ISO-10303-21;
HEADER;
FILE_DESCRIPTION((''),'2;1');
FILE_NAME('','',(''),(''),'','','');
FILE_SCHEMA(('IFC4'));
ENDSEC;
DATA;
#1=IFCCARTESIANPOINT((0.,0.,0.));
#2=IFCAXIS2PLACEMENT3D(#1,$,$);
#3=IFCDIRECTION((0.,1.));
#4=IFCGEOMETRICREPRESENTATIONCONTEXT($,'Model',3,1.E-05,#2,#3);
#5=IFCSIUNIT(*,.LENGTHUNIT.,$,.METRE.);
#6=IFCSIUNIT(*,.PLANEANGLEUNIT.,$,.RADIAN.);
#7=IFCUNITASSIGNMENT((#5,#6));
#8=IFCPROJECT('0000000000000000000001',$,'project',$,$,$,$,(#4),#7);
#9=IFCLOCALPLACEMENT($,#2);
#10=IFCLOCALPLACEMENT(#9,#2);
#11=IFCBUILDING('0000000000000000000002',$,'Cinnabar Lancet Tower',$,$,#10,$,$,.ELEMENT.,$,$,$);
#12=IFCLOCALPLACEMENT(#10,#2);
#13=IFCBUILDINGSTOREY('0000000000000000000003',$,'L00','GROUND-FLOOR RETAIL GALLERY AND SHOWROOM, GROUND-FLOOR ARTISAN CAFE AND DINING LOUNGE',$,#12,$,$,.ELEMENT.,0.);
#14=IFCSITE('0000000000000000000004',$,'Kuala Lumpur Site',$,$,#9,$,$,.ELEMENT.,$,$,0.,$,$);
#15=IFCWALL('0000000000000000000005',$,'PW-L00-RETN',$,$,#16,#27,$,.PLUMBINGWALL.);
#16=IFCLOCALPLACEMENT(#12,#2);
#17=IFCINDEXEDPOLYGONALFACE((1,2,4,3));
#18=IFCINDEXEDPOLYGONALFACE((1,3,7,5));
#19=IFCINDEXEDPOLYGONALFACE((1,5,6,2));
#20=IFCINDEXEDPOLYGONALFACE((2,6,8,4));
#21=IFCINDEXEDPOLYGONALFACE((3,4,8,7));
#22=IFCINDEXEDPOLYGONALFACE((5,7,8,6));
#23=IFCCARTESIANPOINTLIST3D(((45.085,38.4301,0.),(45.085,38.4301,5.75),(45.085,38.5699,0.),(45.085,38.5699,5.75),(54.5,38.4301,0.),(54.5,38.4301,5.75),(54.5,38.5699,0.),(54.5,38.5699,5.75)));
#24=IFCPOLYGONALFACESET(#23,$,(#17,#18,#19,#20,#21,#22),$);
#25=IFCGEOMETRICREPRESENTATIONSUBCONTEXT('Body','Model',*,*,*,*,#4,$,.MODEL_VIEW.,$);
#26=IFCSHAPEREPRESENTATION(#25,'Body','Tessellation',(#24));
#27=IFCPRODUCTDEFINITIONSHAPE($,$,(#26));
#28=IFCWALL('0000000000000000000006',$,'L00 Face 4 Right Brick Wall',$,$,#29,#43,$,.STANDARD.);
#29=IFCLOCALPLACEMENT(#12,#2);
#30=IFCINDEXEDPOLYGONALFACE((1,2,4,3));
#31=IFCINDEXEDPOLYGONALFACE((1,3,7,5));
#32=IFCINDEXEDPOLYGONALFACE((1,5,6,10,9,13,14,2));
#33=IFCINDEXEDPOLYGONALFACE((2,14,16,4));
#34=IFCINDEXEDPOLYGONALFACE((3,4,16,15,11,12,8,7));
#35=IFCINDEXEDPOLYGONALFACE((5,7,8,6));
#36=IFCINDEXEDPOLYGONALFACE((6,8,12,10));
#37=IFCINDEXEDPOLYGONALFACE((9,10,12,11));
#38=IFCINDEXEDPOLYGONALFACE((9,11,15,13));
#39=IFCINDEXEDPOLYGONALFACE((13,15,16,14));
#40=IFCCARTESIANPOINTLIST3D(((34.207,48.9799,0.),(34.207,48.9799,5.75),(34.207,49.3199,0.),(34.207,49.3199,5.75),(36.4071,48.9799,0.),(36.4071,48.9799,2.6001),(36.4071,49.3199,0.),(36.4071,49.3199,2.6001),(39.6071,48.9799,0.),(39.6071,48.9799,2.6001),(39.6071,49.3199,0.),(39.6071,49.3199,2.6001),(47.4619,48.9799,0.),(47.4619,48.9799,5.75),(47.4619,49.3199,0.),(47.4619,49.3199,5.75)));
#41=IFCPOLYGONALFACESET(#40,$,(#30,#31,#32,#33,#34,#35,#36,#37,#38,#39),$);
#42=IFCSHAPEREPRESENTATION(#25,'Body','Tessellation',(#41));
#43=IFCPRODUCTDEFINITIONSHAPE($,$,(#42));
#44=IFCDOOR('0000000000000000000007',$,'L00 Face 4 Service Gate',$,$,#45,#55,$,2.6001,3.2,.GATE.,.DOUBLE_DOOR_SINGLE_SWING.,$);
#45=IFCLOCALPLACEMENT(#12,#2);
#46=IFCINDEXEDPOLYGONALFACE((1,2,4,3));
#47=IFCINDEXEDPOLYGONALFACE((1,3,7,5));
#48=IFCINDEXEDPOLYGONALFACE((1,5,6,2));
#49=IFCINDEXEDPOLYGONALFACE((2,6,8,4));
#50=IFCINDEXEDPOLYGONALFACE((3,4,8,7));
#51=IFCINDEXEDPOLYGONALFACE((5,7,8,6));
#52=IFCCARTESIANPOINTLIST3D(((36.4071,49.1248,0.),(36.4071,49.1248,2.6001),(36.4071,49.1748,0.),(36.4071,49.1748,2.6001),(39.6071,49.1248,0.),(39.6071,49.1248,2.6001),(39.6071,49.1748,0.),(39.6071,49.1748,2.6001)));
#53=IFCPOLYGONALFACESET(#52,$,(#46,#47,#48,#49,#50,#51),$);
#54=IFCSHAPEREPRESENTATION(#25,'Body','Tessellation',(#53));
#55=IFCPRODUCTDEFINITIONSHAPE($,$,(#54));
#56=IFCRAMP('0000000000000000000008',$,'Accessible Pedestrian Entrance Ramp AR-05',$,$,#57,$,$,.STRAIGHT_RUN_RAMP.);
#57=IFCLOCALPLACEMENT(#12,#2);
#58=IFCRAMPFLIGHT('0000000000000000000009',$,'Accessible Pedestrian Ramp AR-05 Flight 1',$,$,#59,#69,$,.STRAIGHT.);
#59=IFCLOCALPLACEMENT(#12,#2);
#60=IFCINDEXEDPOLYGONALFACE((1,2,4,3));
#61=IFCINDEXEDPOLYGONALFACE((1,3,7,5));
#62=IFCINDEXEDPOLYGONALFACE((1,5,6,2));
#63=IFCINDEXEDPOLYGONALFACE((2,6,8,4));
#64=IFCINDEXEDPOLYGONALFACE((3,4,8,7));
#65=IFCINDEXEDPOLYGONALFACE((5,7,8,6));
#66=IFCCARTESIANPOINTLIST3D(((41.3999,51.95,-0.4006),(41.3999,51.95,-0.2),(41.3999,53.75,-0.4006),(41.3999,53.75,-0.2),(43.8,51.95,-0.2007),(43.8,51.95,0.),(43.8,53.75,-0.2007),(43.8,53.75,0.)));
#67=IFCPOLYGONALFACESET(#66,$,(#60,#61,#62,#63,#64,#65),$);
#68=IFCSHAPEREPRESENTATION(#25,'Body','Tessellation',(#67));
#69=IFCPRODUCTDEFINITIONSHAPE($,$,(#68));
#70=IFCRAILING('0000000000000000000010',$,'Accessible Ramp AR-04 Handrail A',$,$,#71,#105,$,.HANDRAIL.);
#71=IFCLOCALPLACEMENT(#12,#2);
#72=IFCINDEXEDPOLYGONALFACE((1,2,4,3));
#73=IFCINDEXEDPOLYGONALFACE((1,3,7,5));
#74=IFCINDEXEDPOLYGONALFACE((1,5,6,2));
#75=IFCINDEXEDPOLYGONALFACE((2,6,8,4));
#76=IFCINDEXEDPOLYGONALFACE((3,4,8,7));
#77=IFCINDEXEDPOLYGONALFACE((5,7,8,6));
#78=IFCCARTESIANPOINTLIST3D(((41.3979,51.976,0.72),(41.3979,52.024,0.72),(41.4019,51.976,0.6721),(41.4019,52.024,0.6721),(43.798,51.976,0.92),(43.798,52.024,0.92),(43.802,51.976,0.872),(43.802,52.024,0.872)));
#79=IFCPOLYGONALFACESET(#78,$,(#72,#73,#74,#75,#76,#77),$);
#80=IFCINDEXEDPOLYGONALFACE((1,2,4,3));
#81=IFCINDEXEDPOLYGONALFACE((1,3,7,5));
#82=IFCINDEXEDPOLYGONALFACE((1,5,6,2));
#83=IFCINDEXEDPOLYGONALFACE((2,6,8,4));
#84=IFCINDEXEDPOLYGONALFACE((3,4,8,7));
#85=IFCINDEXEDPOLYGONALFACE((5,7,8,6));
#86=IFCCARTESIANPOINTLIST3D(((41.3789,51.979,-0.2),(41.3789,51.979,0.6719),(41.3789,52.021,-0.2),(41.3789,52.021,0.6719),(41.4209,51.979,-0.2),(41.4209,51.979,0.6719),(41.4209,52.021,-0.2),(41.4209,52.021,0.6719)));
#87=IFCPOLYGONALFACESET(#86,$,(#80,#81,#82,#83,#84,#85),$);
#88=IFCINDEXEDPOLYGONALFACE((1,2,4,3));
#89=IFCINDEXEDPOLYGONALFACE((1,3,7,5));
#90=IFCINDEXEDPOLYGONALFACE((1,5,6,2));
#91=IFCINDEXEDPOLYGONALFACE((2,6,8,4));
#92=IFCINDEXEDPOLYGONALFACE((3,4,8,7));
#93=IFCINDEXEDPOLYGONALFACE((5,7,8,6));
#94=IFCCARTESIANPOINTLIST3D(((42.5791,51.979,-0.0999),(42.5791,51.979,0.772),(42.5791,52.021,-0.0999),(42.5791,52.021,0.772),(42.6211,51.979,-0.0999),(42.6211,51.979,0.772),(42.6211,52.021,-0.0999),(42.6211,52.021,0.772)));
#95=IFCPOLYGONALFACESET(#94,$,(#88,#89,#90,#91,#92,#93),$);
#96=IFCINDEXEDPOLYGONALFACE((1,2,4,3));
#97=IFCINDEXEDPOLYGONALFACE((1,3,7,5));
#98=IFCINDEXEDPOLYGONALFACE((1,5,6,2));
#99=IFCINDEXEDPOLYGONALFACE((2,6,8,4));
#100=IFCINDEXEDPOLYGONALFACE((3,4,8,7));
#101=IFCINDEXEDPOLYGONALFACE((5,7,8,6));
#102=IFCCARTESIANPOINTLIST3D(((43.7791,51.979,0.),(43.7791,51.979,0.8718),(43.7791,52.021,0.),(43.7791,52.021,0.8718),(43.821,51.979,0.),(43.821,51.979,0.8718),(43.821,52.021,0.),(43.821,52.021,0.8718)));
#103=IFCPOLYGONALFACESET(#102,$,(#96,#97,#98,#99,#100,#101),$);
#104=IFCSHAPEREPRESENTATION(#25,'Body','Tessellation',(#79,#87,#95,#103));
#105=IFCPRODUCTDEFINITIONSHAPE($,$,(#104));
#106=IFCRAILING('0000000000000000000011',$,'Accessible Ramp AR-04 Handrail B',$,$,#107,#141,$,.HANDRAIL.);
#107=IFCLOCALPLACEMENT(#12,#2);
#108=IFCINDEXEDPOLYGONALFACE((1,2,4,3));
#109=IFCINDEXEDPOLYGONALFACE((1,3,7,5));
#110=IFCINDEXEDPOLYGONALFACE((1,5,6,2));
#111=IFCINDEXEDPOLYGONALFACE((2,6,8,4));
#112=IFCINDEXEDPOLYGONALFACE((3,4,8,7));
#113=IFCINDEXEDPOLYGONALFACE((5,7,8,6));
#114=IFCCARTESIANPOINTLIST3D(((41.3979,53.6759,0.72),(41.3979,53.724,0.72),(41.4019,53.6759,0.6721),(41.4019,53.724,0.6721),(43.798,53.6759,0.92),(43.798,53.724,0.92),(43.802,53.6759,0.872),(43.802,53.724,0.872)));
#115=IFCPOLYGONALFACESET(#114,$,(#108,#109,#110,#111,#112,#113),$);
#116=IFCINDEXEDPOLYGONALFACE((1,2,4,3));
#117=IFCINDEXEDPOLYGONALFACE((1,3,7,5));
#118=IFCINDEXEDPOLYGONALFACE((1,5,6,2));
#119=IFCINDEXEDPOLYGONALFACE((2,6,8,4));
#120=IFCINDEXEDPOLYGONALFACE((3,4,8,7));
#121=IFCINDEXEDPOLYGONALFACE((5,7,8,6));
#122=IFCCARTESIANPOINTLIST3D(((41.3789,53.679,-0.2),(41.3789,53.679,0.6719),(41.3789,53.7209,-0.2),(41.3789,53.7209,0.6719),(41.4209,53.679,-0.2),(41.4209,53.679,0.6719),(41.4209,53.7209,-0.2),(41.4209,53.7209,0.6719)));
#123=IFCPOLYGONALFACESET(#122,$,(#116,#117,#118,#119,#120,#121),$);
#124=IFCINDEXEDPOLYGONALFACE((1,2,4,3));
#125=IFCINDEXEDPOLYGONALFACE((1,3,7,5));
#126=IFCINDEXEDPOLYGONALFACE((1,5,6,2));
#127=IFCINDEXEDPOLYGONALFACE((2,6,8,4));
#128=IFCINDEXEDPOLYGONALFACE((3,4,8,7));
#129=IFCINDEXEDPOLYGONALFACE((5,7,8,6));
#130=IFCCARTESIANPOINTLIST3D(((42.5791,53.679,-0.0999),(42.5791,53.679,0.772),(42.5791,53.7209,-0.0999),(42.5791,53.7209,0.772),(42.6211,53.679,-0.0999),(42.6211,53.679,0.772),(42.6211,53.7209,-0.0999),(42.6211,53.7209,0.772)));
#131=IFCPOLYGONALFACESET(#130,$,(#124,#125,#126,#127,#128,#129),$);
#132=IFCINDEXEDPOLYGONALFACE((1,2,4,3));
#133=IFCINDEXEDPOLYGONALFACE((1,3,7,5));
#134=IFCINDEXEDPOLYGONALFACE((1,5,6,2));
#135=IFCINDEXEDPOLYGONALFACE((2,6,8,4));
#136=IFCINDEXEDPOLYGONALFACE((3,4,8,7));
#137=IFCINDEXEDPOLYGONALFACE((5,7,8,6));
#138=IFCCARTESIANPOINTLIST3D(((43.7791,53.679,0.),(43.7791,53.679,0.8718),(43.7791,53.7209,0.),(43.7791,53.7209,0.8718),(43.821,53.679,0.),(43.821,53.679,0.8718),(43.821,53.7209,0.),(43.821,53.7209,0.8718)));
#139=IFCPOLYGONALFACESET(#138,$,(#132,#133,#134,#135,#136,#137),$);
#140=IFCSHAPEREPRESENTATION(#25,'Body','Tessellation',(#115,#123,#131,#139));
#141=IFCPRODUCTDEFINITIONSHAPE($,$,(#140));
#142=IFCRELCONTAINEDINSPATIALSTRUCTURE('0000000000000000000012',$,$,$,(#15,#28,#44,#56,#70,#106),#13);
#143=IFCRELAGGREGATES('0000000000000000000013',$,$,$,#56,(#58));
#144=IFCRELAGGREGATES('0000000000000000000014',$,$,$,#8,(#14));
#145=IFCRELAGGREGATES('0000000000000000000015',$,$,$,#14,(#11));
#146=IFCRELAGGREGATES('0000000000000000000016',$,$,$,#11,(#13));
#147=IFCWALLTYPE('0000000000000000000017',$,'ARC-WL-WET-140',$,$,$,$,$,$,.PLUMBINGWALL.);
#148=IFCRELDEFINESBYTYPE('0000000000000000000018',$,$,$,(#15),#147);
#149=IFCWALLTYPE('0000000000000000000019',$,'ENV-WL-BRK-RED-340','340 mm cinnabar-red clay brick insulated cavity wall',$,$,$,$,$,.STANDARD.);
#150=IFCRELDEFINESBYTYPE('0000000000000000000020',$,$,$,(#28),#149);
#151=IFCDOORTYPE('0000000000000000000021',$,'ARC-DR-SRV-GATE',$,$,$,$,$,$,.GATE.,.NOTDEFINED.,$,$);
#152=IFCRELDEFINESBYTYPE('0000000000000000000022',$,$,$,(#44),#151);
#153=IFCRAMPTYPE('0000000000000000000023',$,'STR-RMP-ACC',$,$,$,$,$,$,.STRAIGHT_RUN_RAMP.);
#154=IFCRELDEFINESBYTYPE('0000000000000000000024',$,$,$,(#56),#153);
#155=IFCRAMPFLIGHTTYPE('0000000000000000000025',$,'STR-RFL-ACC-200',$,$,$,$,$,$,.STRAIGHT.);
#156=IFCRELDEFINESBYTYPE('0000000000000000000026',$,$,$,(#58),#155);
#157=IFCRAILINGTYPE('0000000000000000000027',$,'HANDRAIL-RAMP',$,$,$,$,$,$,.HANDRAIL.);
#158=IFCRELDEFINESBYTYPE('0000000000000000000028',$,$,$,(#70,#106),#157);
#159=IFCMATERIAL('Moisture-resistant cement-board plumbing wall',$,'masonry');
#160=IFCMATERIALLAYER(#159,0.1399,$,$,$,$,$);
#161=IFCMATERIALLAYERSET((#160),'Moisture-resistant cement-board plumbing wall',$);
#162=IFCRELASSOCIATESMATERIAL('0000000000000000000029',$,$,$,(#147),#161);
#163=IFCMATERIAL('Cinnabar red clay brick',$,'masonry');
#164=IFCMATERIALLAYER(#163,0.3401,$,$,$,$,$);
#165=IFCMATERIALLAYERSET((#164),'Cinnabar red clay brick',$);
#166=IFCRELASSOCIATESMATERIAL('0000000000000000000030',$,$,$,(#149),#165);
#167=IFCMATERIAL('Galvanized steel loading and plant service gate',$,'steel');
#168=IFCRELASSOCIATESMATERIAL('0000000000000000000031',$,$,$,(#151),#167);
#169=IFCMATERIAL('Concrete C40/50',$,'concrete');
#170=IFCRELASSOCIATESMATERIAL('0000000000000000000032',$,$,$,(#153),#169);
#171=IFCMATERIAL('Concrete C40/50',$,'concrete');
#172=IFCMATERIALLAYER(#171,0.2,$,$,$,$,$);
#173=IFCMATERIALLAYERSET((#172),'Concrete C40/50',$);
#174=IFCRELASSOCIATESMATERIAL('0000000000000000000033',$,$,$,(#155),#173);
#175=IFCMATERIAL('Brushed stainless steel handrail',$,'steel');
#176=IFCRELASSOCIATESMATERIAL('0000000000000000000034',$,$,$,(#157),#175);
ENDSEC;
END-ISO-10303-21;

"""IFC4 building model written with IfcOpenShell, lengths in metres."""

from ifc_helpers import new_model, si_unit, direction, frame, frame_2d, origin, origin_2d, place, context, subcontext, project, spatial, polyline, rectangle, outline, extrude, material, layer, layer_set, type_object, element, fill, aggregate, save


model = new_model("IFC4")

# Units and contexts
model_context = context("Model", 3, precision=1e-05, world=origin(), true_north=direction((0.0, 1.0)))
body_context = subcontext(model_context, "Body", "Model", "MODEL_VIEW")
ifc_project = project(units=[si_unit("LENGTHUNIT", "METRE"), si_unit("PLANEANGLEUNIT", "RADIAN")], contexts=[model_context])

# Site, building, storey
site_placement = place(None, origin())
site = spatial("IfcSite", under=ifc_project, at=site_placement, Name="Kuala Lumpur Site", CompositionType="ELEMENT", RefElevation=0.0)
building_placement = place(site_placement, origin())
building = spatial("IfcBuilding", under=site, at=building_placement, Name="Cinnabar Lancet Tower", CompositionType="ELEMENT")
storey_placement = place(building_placement, origin())
storey = spatial("IfcBuildingStorey", under=building, at=storey_placement, Name="L00", Description="GROUND-FLOOR RETAIL GALLERY AND SHOWROOM, GROUND-FLOOR ARTISAN CAFE AND DINING LOUNGE", CompositionType="ELEMENT", Elevation=0.0)

# Shared definitions
ifc_material_1 = material(Name="Moisture-resistant cement-board plumbing wall", Category="masonry")
ifc_layer_1 = layer(ifc_material_1, 0.1399)
ifc_layer_set_1 = layer_set([ifc_layer_1], Name="Moisture-resistant cement-board plumbing wall")
wall_type_1 = type_object("IfcWallType", Name="ARC-WL-WET-140", PredefinedType="PLUMBINGWALL", material=ifc_layer_set_1)

# Wall
wall_1_placement = place(storey_placement, frame((45.085, 38.5, 0.0), z_axis=(0.0, 0.0, 1.0), x_axis=(1.0, 0.0, 0.0)))
element("IfcWall", 1, at=wall_1_placement, inside=storey, type_object=wall_type_1, Name="PW-L00-RETN", PredefinedType="PLUMBINGWALL", context=body_context, shape_type="SweptSolid", body=[
    extrude(rectangle(XDim=9.415, YDim=0.1399, at=frame_2d((4.7075, 0.0))), origin(), (0.0, 0.0, 1.0), 5.75),
])

# Wall, opening, door
ifc_material_2 = material(Name="Cinnabar red clay brick", Category="masonry")
ifc_layer_2 = layer(ifc_material_2, 0.3401)
ifc_layer_set_2 = layer_set([ifc_layer_2], Name="Cinnabar red clay brick")
wall_type_2 = type_object("IfcWallType", Name="ENV-WL-BRK-RED-340", Description="340 mm cinnabar-red clay brick insulated cavity wall", PredefinedType="STANDARD", material=ifc_layer_set_2)
wall_2_placement = place(storey_placement, frame((34.207, 49.1499, 0.0), z_axis=(0.0, 0.0, 1.0), x_axis=(1.0, 0.0, 0.0)))
wall_2 = element("IfcWall", 2, at=wall_2_placement, inside=storey, type_object=wall_type_2, Name="L00 Face 4 Right Brick Wall", PredefinedType="STANDARD", context=body_context, shape_type="SweptSolid", body=[
    extrude(rectangle(XDim=13.2549, YDim=0.3401, at=frame_2d((6.6274, 0.0))), origin(), (0.0, 0.0, 1.0), 5.75),
])
opening_1_placement = place(wall_2_placement, frame((2.2, 0.0, 0.0)))
opening_1 = element("IfcOpeningElement", 3, at=opening_1_placement, cuts=wall_2, PredefinedType="OPENING", context=body_context, shape_type="SweptSolid", body=[
    extrude(rectangle(XDim=3.2, YDim=2.6001, at=frame_2d((1.6001, 1.3))), frame((0.0, 0.1799, 0.0), z_axis=(0.0, -1.0, 0.0), x_axis=(1.0, 0.0, 0.0)), (0.0, 0.0, 1.0), 0.3601),
])
ifc_material_3 = material(Name="Galvanized steel loading and plant service gate", Category="steel")
door_type_1 = type_object("IfcDoorType", Name="ARC-DR-SRV-GATE", OperationType="NOTDEFINED", PredefinedType="GATE", material=ifc_material_3)
door_1_placement = place(opening_1_placement, origin())
door_1 = element("IfcDoor", 4, at=door_1_placement, inside=storey, type_object=door_type_1, Name="L00 Face 4 Service Gate", OperationType="DOUBLE_DOOR_SINGLE_SWING", OverallHeight=2.6001, OverallWidth=3.2, PredefinedType="GATE", context=body_context, shape_type="SweptSolid", body=[
    extrude(rectangle(XDim=3.2, YDim=2.6001, at=frame_2d((1.6001, 1.3))), frame((0.0, 0.0249, 0.0), z_axis=(0.0, -1.0, 0.0), x_axis=(1.0, 0.0, 0.0)), (0.0, 0.0, 1.0), 0.05),
])
fill(opening_1, door_1)

# Ramp, ramp flight
ifc_material_4 = material(Name="Concrete C40/50", Category="concrete")
ramp_type = type_object("IfcRampType", Name="STR-RMP-ACC", PredefinedType="STRAIGHT_RUN_RAMP", material=ifc_material_4)
ramp_placement = place(storey_placement, origin())
ramp = element("IfcRamp", 5, at=ramp_placement, inside=storey, type_object=ramp_type, Name="Accessible Pedestrian Entrance Ramp AR-05", PredefinedType="STRAIGHT_RUN_RAMP")
ifc_material_5 = material(Name="Concrete C40/50", Category="concrete")
ifc_layer_3 = layer(ifc_material_5, 0.2)
ifc_layer_set_3 = layer_set([ifc_layer_3], Name="Concrete C40/50")
ramp_flight_type = type_object("IfcRampFlightType", Name="STR-RFL-ACC-200", PredefinedType="STRAIGHT", material=ifc_layer_set_3)
ramp_flight_placement = place(storey_placement, frame((41.3999, 52.8501, -0.2), z_axis=(0.0, 0.0, 1.0), x_axis=(1.0, 0.0, 0.0)))
ramp_flight = element("IfcRampFlight", 6, at=ramp_flight_placement, type_object=ramp_flight_type, Name="Accessible Pedestrian Ramp AR-05 Flight 1", PredefinedType="STRAIGHT", context=body_context, shape_type="SweptSolid", body=[
    extrude(outline(polyline([(0.0, -0.2007), (0.0, 0.0), (2.4001, 0.2), (2.4001, -0.0007), (0.0, -0.2007)])), frame((0.0, 0.8999, 0.0), z_axis=(0.0, -1.0, 0.0), x_axis=(1.0, 0.0, 0.0)), (0.0, 0.0, 1.0), 1.8),
])
aggregate(ramp, [ramp_flight])

# Railings
ifc_material_6 = material(Name="Brushed stainless steel handrail", Category="steel")
railing_type = type_object("IfcRailingType", Name="HANDRAIL-RAMP", PredefinedType="HANDRAIL", material=ifc_material_6)
for number, where, name in (
    (7, (41.3999, 52.0, -0.2), "Accessible Ramp AR-04 Handrail A"),
    (8, (41.3999, 53.7, -0.2), "Accessible Ramp AR-04 Handrail B"),
):
    element("IfcRailing", number, at=place(storey_placement, frame(where)), inside=storey, type_object=railing_type, Name=name, PredefinedType="HANDRAIL", context=body_context, shape_type="SweptSolid", body=[
        extrude(rectangle(XDim=0.0481, YDim=0.0481, at=origin_2d()), frame((0.0, 0.0, 0.896), z_axis=(0.996548, 0.0, 0.08302), x_axis=(0.0, 1.0, 0.0)), (0.0, 0.0, 1.0), 2.4084),
        extrude(rectangle(XDim=0.042, YDim=0.042, at=origin_2d()), origin(), (0.0, 0.0, 1.0), 0.8718),
        extrude(rectangle(XDim=0.042, YDim=0.042, at=origin_2d()), frame((1.2002, 0.0, 0.1001)), (0.0, 0.0, 1.0), 0.8718),
        extrude(rectangle(XDim=0.042, YDim=0.042, at=origin_2d()), frame((2.4001, 0.0, 0.2)), (0.0, 0.0, 1.0), 0.8718),
    ])

save(model, "model.ifc")
